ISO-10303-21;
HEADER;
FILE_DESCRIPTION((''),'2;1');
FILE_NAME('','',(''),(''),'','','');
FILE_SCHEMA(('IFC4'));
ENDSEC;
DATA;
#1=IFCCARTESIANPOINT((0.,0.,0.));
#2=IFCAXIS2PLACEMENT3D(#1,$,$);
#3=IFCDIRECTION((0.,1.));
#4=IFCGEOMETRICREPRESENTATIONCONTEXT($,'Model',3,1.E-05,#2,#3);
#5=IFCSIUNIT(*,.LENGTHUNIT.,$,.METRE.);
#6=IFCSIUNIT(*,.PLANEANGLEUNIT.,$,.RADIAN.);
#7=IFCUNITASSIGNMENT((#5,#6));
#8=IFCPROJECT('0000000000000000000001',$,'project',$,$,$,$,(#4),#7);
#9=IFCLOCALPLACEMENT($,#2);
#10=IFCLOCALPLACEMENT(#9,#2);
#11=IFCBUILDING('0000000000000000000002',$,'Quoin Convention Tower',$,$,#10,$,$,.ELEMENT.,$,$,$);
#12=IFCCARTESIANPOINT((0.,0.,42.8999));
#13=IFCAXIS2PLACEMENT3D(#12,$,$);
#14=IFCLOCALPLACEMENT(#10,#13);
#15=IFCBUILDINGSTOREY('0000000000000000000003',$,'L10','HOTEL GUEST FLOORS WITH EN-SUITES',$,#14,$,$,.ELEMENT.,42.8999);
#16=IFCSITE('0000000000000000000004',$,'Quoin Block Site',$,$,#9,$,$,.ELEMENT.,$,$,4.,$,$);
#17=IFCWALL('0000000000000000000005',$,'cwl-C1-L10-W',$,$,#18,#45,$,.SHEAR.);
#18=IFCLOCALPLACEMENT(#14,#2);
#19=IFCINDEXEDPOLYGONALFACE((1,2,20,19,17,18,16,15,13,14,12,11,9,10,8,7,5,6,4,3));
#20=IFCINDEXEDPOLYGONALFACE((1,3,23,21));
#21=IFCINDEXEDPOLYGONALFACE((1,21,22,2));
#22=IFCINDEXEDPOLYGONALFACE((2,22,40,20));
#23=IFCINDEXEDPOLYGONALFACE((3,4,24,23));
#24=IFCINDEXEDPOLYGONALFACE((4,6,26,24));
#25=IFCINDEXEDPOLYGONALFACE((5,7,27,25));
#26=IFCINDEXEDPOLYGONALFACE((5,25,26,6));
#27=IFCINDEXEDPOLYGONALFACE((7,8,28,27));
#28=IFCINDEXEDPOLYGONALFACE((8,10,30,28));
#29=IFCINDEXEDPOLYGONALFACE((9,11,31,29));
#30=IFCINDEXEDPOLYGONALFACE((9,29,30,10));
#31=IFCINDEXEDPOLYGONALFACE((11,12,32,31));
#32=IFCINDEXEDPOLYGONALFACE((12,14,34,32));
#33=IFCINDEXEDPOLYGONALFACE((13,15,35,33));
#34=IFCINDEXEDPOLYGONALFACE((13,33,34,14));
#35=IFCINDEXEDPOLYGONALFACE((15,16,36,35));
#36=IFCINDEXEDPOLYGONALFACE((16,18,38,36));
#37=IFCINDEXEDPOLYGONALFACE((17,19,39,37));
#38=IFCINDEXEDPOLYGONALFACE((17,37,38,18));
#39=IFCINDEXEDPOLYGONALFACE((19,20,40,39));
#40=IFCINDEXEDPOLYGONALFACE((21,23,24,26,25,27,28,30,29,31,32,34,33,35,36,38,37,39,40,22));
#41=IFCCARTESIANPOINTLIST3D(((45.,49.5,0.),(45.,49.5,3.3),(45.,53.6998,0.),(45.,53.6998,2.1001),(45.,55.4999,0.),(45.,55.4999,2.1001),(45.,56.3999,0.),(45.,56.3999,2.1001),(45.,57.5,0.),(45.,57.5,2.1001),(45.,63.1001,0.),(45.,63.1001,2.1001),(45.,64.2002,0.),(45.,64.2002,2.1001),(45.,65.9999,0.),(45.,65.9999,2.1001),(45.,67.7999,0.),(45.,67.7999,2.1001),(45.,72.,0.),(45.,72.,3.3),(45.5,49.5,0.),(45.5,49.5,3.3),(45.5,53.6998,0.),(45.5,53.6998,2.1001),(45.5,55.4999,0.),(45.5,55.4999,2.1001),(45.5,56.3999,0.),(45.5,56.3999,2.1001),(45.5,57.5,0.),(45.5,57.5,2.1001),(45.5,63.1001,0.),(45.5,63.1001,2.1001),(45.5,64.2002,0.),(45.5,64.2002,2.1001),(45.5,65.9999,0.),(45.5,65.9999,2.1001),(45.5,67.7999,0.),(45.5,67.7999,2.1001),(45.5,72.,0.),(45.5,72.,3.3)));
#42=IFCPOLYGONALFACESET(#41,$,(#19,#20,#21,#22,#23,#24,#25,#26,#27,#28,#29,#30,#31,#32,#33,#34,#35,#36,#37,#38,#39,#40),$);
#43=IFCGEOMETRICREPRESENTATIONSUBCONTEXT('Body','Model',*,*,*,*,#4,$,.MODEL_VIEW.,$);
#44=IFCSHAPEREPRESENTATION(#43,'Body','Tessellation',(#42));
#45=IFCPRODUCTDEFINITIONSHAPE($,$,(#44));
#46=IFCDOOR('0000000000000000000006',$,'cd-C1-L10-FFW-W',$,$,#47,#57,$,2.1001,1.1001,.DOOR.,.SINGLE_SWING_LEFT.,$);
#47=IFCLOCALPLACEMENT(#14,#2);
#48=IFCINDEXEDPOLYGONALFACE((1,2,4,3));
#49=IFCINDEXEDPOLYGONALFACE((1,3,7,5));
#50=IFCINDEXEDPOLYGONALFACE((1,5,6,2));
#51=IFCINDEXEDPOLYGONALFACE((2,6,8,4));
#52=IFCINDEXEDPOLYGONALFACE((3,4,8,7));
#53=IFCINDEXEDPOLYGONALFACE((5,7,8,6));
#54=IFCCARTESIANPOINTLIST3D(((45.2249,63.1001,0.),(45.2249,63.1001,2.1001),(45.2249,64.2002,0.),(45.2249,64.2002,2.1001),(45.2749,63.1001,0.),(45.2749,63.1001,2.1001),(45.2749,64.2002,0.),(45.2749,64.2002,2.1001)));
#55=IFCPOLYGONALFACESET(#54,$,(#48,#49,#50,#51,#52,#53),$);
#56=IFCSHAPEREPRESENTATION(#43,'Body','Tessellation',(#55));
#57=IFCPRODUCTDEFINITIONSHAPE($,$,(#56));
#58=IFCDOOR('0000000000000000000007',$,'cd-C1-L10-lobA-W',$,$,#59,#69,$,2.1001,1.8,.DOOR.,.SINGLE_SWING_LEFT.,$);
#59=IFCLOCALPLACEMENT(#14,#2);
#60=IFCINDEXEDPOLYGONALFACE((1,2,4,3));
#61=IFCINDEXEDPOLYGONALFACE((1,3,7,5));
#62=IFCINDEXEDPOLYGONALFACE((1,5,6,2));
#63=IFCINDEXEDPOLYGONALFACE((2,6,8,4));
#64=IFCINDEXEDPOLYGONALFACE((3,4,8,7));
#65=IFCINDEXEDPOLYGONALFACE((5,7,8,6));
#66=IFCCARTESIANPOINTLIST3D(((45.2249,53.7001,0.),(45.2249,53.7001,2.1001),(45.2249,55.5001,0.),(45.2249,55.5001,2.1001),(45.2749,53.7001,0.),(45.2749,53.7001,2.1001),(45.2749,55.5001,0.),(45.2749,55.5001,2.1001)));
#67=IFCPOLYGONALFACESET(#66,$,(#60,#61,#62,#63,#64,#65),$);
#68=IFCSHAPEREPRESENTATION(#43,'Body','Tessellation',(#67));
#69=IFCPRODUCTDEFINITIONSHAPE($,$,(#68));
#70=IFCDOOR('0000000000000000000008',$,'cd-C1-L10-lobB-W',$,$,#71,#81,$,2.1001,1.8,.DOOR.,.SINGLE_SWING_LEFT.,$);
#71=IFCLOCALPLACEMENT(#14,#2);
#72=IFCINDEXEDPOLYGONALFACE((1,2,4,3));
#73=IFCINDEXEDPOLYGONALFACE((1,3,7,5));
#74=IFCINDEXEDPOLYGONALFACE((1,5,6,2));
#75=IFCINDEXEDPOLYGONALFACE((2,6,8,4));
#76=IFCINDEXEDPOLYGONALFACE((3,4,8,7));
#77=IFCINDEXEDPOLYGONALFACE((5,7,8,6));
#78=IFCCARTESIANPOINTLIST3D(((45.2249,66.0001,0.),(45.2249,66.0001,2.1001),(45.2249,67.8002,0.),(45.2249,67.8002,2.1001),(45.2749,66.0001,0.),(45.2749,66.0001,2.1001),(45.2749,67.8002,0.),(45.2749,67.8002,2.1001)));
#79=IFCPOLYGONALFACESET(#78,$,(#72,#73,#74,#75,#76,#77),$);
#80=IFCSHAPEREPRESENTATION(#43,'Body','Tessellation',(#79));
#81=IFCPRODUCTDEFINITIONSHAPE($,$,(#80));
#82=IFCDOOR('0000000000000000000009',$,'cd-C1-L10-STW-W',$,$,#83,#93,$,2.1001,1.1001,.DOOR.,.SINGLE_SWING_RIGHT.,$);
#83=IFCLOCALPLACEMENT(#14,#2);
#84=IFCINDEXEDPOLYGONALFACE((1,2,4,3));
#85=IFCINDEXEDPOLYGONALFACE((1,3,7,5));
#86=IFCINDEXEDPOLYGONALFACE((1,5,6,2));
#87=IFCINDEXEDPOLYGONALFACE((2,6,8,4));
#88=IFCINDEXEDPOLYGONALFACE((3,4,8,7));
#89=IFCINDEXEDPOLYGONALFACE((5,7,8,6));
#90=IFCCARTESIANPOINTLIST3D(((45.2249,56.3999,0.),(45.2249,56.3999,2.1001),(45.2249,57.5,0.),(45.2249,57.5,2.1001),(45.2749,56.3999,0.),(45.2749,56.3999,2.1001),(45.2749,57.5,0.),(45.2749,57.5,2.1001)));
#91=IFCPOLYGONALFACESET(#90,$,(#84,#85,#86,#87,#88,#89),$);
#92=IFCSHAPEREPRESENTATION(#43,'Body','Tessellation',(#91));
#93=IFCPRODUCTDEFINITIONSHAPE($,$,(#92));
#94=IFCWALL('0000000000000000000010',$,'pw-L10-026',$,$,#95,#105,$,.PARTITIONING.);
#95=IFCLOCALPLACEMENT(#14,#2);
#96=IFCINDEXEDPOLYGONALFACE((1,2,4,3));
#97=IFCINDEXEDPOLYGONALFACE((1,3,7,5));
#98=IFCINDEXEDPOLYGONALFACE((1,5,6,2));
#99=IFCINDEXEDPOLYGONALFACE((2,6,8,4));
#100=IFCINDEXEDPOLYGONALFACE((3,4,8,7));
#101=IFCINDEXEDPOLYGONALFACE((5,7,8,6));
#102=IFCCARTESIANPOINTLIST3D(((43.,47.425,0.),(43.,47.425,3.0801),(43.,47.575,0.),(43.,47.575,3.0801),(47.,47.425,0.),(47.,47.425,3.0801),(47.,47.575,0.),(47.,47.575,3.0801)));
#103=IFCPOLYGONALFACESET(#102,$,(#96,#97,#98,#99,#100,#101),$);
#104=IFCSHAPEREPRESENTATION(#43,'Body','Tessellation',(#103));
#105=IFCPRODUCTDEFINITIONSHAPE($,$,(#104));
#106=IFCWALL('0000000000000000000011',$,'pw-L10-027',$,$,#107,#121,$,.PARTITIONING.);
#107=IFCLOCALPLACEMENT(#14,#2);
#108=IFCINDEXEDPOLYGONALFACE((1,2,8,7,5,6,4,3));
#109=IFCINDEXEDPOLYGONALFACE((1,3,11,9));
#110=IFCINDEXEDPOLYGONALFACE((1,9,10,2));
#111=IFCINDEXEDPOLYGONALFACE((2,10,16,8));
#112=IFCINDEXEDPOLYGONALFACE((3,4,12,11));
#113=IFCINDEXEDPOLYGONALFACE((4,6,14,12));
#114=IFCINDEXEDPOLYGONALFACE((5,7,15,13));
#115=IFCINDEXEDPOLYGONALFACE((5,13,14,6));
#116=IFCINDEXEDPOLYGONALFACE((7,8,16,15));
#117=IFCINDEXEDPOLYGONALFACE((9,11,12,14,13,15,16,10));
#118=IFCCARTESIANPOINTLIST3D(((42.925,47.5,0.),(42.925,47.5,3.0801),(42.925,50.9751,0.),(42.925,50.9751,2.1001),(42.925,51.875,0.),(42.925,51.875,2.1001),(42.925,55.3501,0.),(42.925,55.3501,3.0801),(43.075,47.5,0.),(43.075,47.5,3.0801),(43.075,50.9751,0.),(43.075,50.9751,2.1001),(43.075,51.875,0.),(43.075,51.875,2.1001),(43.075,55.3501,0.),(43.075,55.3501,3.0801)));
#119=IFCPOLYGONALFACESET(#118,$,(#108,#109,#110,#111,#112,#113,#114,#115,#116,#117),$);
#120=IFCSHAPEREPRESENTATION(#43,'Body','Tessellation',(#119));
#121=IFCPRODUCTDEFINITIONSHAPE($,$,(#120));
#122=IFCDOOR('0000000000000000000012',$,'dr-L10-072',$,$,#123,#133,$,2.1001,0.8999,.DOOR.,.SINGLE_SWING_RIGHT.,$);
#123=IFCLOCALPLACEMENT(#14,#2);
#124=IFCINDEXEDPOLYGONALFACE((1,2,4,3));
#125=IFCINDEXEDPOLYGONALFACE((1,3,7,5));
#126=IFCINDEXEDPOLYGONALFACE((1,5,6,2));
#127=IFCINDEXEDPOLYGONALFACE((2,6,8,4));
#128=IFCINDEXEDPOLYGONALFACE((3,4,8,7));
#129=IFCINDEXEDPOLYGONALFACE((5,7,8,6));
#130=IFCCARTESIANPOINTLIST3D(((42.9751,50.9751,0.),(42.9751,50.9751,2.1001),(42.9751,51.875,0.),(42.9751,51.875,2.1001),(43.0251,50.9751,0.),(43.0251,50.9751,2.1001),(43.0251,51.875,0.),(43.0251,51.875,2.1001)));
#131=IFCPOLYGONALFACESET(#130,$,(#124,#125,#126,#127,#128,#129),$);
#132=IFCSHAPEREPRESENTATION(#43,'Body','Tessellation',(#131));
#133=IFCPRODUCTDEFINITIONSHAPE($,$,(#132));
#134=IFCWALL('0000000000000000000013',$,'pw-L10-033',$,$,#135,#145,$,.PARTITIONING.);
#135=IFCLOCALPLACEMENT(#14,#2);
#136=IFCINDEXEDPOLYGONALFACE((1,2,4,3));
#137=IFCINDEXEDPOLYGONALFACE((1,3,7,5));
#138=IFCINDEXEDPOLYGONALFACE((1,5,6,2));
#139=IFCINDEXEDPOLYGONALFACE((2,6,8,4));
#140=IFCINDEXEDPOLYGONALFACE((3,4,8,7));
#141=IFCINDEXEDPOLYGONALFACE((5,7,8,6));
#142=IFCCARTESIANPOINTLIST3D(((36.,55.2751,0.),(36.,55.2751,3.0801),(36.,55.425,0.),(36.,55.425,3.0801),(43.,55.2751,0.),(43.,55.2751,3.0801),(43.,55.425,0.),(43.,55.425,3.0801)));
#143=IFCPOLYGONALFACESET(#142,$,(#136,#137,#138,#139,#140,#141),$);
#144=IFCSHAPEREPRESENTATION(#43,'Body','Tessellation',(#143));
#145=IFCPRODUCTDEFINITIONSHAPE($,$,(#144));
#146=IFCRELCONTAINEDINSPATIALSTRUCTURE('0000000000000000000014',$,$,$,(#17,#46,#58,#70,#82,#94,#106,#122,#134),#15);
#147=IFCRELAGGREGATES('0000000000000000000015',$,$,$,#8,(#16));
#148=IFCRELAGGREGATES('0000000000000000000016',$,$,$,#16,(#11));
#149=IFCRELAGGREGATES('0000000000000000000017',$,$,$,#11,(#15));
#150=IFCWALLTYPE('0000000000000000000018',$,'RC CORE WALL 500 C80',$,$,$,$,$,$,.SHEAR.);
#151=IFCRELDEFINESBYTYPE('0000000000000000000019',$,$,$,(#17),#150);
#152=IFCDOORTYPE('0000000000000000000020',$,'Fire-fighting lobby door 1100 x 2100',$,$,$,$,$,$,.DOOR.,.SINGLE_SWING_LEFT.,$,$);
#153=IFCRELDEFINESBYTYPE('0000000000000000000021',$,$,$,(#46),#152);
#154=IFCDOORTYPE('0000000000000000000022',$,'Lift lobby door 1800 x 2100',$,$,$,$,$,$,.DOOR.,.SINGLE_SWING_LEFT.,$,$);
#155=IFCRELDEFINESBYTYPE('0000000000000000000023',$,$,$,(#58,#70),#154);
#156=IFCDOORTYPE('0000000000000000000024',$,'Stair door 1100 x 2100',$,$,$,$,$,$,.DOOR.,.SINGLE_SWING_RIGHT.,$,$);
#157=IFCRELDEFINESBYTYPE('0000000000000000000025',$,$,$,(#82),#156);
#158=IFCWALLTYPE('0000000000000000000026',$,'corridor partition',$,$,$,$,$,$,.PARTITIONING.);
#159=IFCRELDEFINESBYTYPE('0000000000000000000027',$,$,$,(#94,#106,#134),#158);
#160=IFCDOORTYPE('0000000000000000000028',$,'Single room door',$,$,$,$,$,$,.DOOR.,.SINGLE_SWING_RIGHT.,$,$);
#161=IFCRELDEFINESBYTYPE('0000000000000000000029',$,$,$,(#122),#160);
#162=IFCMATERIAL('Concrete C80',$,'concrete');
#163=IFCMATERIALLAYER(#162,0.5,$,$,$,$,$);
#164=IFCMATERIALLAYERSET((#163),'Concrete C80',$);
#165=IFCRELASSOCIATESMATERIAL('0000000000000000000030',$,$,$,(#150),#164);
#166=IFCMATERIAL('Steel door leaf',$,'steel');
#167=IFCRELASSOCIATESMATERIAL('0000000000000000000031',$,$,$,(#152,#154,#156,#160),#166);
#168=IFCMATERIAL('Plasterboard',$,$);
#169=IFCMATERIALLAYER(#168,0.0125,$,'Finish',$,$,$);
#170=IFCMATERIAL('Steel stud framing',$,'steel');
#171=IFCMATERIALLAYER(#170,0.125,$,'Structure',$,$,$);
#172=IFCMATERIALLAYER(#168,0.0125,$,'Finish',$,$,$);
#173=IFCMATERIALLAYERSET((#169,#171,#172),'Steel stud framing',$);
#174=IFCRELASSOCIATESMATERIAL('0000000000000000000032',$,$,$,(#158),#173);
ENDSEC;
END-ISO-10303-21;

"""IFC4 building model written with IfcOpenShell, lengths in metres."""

from ifc_helpers import new_model, si_unit, direction, frame, frame_2d, origin, place, context, subcontext, project, spatial, rectangle, extrude, material, layer, layer_set, type_object, element, fill, save


model = new_model("IFC4")

# Units and contexts
model_context = context("Model", 3, precision=1e-05, world=origin(), true_north=direction((0.0, 1.0)))
body_context = subcontext(model_context, "Body", "Model", "MODEL_VIEW")
ifc_project = project(units=[si_unit("LENGTHUNIT", "METRE"), si_unit("PLANEANGLEUNIT", "RADIAN")], contexts=[model_context])

# Site, building, storey
site_placement = place(None, origin())
site = spatial("IfcSite", under=ifc_project, at=site_placement, Name="Quoin Block Site", CompositionType="ELEMENT", RefElevation=4.0)
building_placement = place(site_placement, origin())
building = spatial("IfcBuilding", under=site, at=building_placement, Name="Quoin Convention Tower", CompositionType="ELEMENT")
storey_placement = place(building_placement, frame((0.0, 0.0, 42.8999)))
storey = spatial("IfcBuildingStorey", under=building, at=storey_placement, Name="L10", Description="HOTEL GUEST FLOORS WITH EN-SUITES", CompositionType="ELEMENT", Elevation=42.8999)

# Shared definitions
ifc_material_1 = material(Name="Concrete C80", Category="concrete")

# Shared definitions
ifc_material_2 = material(Name="Plasterboard")
ifc_material_3 = material(Name="Steel stud framing", Category="steel")
ifc_material_4 = material(Name="Steel door leaf", Category="steel")

# Shared definitions
ifc_layer_1 = layer(ifc_material_1, 0.5)
ifc_layer_set_1 = layer_set([ifc_layer_1], Name="Concrete C80")
wall_type_1 = type_object("IfcWallType", Name="RC CORE WALL 500 C80", PredefinedType="SHEAR", material=ifc_layer_set_1)

# Wall, openings, doors
wall_1_placement = place(storey_placement, frame((45.25, 49.5, 0.0), z_axis=(0.0, 0.0, 1.0), x_axis=(0.0, 1.0, 0.0)))
wall_1 = element("IfcWall", 1, at=wall_1_placement, inside=storey, type_object=wall_type_1, Name="cwl-C1-L10-W", PredefinedType="SHEAR", context=body_context, shape_type="SweptSolid", body=[
    extrude(rectangle(XDim=22.5, YDim=0.5, at=frame_2d((11.25, 0.0))), origin(), (0.0, 0.0, 1.0), 3.3),
])
opening_1_placement = place(wall_1_placement, frame((4.2, 0.0, 0.0)))
opening_1 = element("IfcOpeningElement", 2, at=opening_1_placement, cuts=wall_1, PredefinedType="OPENING", context=body_context, shape_type="SweptSolid", body=[
    extrude(rectangle(XDim=1.8, YDim=2.1001, at=frame_2d((0.8999, 1.05))), frame((0.0, 0.26, 0.0), z_axis=(0.0, -1.0, 0.0), x_axis=(1.0, 0.0, 0.0)), (0.0, 0.0, 1.0), 0.52),
])
opening_2_placement = place(wall_1_placement, frame((6.8999, 0.0, 0.0)))
opening_2 = element("IfcOpeningElement", 3, at=opening_2_placement, cuts=wall_1, PredefinedType="OPENING", context=body_context, shape_type="SweptSolid", body=[
    extrude(rectangle(XDim=1.1001, YDim=2.1001, at=frame_2d((0.55, 1.05))), frame((0.0, 0.26, 0.0), z_axis=(0.0, -1.0, 0.0), x_axis=(1.0, 0.0, 0.0)), (0.0, 0.0, 1.0), 0.52),
])
opening_3_placement = place(wall_1_placement, frame((13.6001, 0.0, 0.0)))
opening_3 = element("IfcOpeningElement", 4, at=opening_3_placement, cuts=wall_1, PredefinedType="OPENING", context=body_context, shape_type="SweptSolid", body=[
    extrude(rectangle(XDim=1.1001, YDim=2.1001, at=frame_2d((0.55, 1.05))), frame((0.0, 0.26, 0.0), z_axis=(0.0, -1.0, 0.0), x_axis=(1.0, 0.0, 0.0)), (0.0, 0.0, 1.0), 0.52),
])
opening_4_placement = place(wall_1_placement, frame((16.5, 0.0, 0.0)))
opening_4 = element("IfcOpeningElement", 5, at=opening_4_placement, cuts=wall_1, PredefinedType="OPENING", context=body_context, shape_type="SweptSolid", body=[
    extrude(rectangle(XDim=1.8, YDim=2.1001, at=frame_2d((0.8999, 1.05))), frame((0.0, 0.26, 0.0), z_axis=(0.0, -1.0, 0.0), x_axis=(1.0, 0.0, 0.0)), (0.0, 0.0, 1.0), 0.52),
])
door_type_1 = type_object("IfcDoorType", Name="Fire-fighting lobby door 1100 x 2100", OperationType="SINGLE_SWING_LEFT", PredefinedType="DOOR", material=ifc_material_4)
door_1_placement = place(opening_3_placement, frame((1.1001, 0.0, 0.0), z_axis=(0.0, 0.0, 1.0), x_axis=(-1.0, 0.0, 0.0)))
door_1 = element("IfcDoor", 6, at=door_1_placement, inside=storey, type_object=door_type_1, Name="cd-C1-L10-FFW-W", OperationType="SINGLE_SWING_LEFT", OverallHeight=2.1001, OverallWidth=1.1001, PredefinedType="DOOR", context=body_context, shape_type="SweptSolid", body=[
    extrude(rectangle(XDim=1.1001, YDim=2.1001, at=frame_2d((0.55, 1.05))), frame((0.0, 0.0249, 0.0), z_axis=(0.0, -1.0, 0.0), x_axis=(1.0, 0.0, 0.0)), (0.0, 0.0, 1.0), 0.05),
])
fill(opening_3, door_1)
door_type_2 = type_object("IfcDoorType", Name="Lift lobby door 1800 x 2100", OperationType="SINGLE_SWING_LEFT", PredefinedType="DOOR", material=ifc_material_4)
door_2_placement = place(opening_1_placement, frame((1.8, 0.0, 0.0), z_axis=(0.0, 0.0, 1.0), x_axis=(-1.0, 0.0, 0.0)))
door_2 = element("IfcDoor", 7, at=door_2_placement, inside=storey, type_object=door_type_2, Name="cd-C1-L10-lobA-W", OperationType="SINGLE_SWING_LEFT", OverallHeight=2.1001, OverallWidth=1.8, PredefinedType="DOOR", context=body_context, shape_type="SweptSolid", body=[
    extrude(rectangle(XDim=1.8, YDim=2.1001, at=frame_2d((0.8999, 1.05))), frame((0.0, 0.0249, 0.0), z_axis=(0.0, -1.0, 0.0), x_axis=(1.0, 0.0, 0.0)), (0.0, 0.0, 1.0), 0.05),
])
fill(opening_1, door_2)
door_3_placement = place(opening_4_placement, frame((1.8, 0.0, 0.0), z_axis=(0.0, 0.0, 1.0), x_axis=(-1.0, 0.0, 0.0)))
door_3 = element("IfcDoor", 8, at=door_3_placement, inside=storey, type_object=door_type_2, Name="cd-C1-L10-lobB-W", OperationType="SINGLE_SWING_LEFT", OverallHeight=2.1001, OverallWidth=1.8, PredefinedType="DOOR", context=body_context, shape_type="SweptSolid", body=[
    extrude(rectangle(XDim=1.8, YDim=2.1001, at=frame_2d((0.8999, 1.05))), frame((0.0, 0.0249, 0.0), z_axis=(0.0, -1.0, 0.0), x_axis=(1.0, 0.0, 0.0)), (0.0, 0.0, 1.0), 0.05),
])
fill(opening_4, door_3)
door_type_3 = type_object("IfcDoorType", Name="Stair door 1100 x 2100", OperationType="SINGLE_SWING_RIGHT", PredefinedType="DOOR", material=ifc_material_4)
door_4_placement = place(opening_2_placement, frame((1.1001, 0.0, 0.0), z_axis=(0.0, 0.0, 1.0), x_axis=(-1.0, 0.0, 0.0)))
door_4 = element("IfcDoor", 9, at=door_4_placement, inside=storey, type_object=door_type_3, Name="cd-C1-L10-STW-W", OperationType="SINGLE_SWING_RIGHT", OverallHeight=2.1001, OverallWidth=1.1001, PredefinedType="DOOR", context=body_context, shape_type="SweptSolid", body=[
    extrude(rectangle(XDim=1.1001, YDim=2.1001, at=frame_2d((0.55, 1.05))), frame((0.0, 0.0249, 0.0), z_axis=(0.0, -1.0, 0.0), x_axis=(1.0, 0.0, 0.0)), (0.0, 0.0, 1.0), 0.05),
])
fill(opening_2, door_4)

# Wall
ifc_layer_2 = layer(ifc_material_2, 0.0125, Name="Finish")
ifc_layer_3 = layer(ifc_material_3, 0.125, Name="Structure")
ifc_layer_4 = layer(ifc_material_2, 0.0125, Name="Finish")
ifc_layer_set_2 = layer_set([ifc_layer_2, ifc_layer_3, ifc_layer_4], Name="Steel stud framing")
wall_type_2 = type_object("IfcWallType", Name="corridor partition", PredefinedType="PARTITIONING", material=ifc_layer_set_2)
wall_2_placement = place(storey_placement, frame((43.0, 47.5, 0.0), z_axis=(0.0, 0.0, 1.0), x_axis=(1.0, 0.0, 0.0)))
element("IfcWall", 10, at=wall_2_placement, inside=storey, type_object=wall_type_2, Name="pw-L10-026", PredefinedType="PARTITIONING", context=body_context, shape_type="SweptSolid", body=[
    extrude(rectangle(XDim=4.0, YDim=0.1499, at=frame_2d((2.0, 0.0))), origin(), (0.0, 0.0, 1.0), 3.0801),
])

# Wall, opening, door
wall_3_placement = place(storey_placement, frame((43.0, 47.5, 0.0), z_axis=(0.0, 0.0, 1.0), x_axis=(0.0, 1.0, 0.0)))
wall_3 = element("IfcWall", 11, at=wall_3_placement, inside=storey, type_object=wall_type_2, Name="pw-L10-027", PredefinedType="PARTITIONING", context=body_context, shape_type="SweptSolid", body=[
    extrude(rectangle(XDim=7.8501, YDim=0.1499, at=frame_2d((3.925, 0.0))), origin(), (0.0, 0.0, 1.0), 3.0801),
])
opening_5_placement = place(wall_3_placement, frame((3.4751, 0.0, 0.0)))
opening_5 = element("IfcOpeningElement", 12, at=opening_5_placement, cuts=wall_3, PredefinedType="OPENING", context=body_context, shape_type="SweptSolid", body=[
    extrude(rectangle(XDim=0.8999, YDim=2.1001, at=frame_2d((0.45, 1.05))), frame((0.0, 0.085, 0.0), z_axis=(0.0, -1.0, 0.0), x_axis=(1.0, 0.0, 0.0)), (0.0, 0.0, 1.0), 0.1699),
])
door_type_4 = type_object("IfcDoorType", Name="Single room door", OperationType="SINGLE_SWING_RIGHT", PredefinedType="DOOR", material=ifc_material_4)
door_5_placement = place(opening_5_placement, origin())
door_5 = element("IfcDoor", 13, at=door_5_placement, inside=storey, type_object=door_type_4, Name="dr-L10-072", OperationType="SINGLE_SWING_RIGHT", OverallHeight=2.1001, OverallWidth=0.8999, PredefinedType="DOOR", context=body_context, shape_type="SweptSolid", body=[
    extrude(rectangle(XDim=0.8999, YDim=2.1001, at=frame_2d((0.45, 1.05))), frame((0.0, 0.0249, 0.0), z_axis=(0.0, -1.0, 0.0), x_axis=(1.0, 0.0, 0.0)), (0.0, 0.0, 1.0), 0.05),
])
fill(opening_5, door_5)

# Wall
wall_4_placement = place(storey_placement, frame((36.0, 55.3501, 0.0), z_axis=(0.0, 0.0, 1.0), x_axis=(1.0, 0.0, 0.0)))
element("IfcWall", 14, at=wall_4_placement, inside=storey, type_object=wall_type_2, Name="pw-L10-033", PredefinedType="PARTITIONING", context=body_context, shape_type="SweptSolid", body=[
    extrude(rectangle(XDim=7.0, YDim=0.1499, at=frame_2d((3.5, 0.0))), origin(), (0.0, 0.0, 1.0), 3.0801),
])

save(model, "model.ifc")
